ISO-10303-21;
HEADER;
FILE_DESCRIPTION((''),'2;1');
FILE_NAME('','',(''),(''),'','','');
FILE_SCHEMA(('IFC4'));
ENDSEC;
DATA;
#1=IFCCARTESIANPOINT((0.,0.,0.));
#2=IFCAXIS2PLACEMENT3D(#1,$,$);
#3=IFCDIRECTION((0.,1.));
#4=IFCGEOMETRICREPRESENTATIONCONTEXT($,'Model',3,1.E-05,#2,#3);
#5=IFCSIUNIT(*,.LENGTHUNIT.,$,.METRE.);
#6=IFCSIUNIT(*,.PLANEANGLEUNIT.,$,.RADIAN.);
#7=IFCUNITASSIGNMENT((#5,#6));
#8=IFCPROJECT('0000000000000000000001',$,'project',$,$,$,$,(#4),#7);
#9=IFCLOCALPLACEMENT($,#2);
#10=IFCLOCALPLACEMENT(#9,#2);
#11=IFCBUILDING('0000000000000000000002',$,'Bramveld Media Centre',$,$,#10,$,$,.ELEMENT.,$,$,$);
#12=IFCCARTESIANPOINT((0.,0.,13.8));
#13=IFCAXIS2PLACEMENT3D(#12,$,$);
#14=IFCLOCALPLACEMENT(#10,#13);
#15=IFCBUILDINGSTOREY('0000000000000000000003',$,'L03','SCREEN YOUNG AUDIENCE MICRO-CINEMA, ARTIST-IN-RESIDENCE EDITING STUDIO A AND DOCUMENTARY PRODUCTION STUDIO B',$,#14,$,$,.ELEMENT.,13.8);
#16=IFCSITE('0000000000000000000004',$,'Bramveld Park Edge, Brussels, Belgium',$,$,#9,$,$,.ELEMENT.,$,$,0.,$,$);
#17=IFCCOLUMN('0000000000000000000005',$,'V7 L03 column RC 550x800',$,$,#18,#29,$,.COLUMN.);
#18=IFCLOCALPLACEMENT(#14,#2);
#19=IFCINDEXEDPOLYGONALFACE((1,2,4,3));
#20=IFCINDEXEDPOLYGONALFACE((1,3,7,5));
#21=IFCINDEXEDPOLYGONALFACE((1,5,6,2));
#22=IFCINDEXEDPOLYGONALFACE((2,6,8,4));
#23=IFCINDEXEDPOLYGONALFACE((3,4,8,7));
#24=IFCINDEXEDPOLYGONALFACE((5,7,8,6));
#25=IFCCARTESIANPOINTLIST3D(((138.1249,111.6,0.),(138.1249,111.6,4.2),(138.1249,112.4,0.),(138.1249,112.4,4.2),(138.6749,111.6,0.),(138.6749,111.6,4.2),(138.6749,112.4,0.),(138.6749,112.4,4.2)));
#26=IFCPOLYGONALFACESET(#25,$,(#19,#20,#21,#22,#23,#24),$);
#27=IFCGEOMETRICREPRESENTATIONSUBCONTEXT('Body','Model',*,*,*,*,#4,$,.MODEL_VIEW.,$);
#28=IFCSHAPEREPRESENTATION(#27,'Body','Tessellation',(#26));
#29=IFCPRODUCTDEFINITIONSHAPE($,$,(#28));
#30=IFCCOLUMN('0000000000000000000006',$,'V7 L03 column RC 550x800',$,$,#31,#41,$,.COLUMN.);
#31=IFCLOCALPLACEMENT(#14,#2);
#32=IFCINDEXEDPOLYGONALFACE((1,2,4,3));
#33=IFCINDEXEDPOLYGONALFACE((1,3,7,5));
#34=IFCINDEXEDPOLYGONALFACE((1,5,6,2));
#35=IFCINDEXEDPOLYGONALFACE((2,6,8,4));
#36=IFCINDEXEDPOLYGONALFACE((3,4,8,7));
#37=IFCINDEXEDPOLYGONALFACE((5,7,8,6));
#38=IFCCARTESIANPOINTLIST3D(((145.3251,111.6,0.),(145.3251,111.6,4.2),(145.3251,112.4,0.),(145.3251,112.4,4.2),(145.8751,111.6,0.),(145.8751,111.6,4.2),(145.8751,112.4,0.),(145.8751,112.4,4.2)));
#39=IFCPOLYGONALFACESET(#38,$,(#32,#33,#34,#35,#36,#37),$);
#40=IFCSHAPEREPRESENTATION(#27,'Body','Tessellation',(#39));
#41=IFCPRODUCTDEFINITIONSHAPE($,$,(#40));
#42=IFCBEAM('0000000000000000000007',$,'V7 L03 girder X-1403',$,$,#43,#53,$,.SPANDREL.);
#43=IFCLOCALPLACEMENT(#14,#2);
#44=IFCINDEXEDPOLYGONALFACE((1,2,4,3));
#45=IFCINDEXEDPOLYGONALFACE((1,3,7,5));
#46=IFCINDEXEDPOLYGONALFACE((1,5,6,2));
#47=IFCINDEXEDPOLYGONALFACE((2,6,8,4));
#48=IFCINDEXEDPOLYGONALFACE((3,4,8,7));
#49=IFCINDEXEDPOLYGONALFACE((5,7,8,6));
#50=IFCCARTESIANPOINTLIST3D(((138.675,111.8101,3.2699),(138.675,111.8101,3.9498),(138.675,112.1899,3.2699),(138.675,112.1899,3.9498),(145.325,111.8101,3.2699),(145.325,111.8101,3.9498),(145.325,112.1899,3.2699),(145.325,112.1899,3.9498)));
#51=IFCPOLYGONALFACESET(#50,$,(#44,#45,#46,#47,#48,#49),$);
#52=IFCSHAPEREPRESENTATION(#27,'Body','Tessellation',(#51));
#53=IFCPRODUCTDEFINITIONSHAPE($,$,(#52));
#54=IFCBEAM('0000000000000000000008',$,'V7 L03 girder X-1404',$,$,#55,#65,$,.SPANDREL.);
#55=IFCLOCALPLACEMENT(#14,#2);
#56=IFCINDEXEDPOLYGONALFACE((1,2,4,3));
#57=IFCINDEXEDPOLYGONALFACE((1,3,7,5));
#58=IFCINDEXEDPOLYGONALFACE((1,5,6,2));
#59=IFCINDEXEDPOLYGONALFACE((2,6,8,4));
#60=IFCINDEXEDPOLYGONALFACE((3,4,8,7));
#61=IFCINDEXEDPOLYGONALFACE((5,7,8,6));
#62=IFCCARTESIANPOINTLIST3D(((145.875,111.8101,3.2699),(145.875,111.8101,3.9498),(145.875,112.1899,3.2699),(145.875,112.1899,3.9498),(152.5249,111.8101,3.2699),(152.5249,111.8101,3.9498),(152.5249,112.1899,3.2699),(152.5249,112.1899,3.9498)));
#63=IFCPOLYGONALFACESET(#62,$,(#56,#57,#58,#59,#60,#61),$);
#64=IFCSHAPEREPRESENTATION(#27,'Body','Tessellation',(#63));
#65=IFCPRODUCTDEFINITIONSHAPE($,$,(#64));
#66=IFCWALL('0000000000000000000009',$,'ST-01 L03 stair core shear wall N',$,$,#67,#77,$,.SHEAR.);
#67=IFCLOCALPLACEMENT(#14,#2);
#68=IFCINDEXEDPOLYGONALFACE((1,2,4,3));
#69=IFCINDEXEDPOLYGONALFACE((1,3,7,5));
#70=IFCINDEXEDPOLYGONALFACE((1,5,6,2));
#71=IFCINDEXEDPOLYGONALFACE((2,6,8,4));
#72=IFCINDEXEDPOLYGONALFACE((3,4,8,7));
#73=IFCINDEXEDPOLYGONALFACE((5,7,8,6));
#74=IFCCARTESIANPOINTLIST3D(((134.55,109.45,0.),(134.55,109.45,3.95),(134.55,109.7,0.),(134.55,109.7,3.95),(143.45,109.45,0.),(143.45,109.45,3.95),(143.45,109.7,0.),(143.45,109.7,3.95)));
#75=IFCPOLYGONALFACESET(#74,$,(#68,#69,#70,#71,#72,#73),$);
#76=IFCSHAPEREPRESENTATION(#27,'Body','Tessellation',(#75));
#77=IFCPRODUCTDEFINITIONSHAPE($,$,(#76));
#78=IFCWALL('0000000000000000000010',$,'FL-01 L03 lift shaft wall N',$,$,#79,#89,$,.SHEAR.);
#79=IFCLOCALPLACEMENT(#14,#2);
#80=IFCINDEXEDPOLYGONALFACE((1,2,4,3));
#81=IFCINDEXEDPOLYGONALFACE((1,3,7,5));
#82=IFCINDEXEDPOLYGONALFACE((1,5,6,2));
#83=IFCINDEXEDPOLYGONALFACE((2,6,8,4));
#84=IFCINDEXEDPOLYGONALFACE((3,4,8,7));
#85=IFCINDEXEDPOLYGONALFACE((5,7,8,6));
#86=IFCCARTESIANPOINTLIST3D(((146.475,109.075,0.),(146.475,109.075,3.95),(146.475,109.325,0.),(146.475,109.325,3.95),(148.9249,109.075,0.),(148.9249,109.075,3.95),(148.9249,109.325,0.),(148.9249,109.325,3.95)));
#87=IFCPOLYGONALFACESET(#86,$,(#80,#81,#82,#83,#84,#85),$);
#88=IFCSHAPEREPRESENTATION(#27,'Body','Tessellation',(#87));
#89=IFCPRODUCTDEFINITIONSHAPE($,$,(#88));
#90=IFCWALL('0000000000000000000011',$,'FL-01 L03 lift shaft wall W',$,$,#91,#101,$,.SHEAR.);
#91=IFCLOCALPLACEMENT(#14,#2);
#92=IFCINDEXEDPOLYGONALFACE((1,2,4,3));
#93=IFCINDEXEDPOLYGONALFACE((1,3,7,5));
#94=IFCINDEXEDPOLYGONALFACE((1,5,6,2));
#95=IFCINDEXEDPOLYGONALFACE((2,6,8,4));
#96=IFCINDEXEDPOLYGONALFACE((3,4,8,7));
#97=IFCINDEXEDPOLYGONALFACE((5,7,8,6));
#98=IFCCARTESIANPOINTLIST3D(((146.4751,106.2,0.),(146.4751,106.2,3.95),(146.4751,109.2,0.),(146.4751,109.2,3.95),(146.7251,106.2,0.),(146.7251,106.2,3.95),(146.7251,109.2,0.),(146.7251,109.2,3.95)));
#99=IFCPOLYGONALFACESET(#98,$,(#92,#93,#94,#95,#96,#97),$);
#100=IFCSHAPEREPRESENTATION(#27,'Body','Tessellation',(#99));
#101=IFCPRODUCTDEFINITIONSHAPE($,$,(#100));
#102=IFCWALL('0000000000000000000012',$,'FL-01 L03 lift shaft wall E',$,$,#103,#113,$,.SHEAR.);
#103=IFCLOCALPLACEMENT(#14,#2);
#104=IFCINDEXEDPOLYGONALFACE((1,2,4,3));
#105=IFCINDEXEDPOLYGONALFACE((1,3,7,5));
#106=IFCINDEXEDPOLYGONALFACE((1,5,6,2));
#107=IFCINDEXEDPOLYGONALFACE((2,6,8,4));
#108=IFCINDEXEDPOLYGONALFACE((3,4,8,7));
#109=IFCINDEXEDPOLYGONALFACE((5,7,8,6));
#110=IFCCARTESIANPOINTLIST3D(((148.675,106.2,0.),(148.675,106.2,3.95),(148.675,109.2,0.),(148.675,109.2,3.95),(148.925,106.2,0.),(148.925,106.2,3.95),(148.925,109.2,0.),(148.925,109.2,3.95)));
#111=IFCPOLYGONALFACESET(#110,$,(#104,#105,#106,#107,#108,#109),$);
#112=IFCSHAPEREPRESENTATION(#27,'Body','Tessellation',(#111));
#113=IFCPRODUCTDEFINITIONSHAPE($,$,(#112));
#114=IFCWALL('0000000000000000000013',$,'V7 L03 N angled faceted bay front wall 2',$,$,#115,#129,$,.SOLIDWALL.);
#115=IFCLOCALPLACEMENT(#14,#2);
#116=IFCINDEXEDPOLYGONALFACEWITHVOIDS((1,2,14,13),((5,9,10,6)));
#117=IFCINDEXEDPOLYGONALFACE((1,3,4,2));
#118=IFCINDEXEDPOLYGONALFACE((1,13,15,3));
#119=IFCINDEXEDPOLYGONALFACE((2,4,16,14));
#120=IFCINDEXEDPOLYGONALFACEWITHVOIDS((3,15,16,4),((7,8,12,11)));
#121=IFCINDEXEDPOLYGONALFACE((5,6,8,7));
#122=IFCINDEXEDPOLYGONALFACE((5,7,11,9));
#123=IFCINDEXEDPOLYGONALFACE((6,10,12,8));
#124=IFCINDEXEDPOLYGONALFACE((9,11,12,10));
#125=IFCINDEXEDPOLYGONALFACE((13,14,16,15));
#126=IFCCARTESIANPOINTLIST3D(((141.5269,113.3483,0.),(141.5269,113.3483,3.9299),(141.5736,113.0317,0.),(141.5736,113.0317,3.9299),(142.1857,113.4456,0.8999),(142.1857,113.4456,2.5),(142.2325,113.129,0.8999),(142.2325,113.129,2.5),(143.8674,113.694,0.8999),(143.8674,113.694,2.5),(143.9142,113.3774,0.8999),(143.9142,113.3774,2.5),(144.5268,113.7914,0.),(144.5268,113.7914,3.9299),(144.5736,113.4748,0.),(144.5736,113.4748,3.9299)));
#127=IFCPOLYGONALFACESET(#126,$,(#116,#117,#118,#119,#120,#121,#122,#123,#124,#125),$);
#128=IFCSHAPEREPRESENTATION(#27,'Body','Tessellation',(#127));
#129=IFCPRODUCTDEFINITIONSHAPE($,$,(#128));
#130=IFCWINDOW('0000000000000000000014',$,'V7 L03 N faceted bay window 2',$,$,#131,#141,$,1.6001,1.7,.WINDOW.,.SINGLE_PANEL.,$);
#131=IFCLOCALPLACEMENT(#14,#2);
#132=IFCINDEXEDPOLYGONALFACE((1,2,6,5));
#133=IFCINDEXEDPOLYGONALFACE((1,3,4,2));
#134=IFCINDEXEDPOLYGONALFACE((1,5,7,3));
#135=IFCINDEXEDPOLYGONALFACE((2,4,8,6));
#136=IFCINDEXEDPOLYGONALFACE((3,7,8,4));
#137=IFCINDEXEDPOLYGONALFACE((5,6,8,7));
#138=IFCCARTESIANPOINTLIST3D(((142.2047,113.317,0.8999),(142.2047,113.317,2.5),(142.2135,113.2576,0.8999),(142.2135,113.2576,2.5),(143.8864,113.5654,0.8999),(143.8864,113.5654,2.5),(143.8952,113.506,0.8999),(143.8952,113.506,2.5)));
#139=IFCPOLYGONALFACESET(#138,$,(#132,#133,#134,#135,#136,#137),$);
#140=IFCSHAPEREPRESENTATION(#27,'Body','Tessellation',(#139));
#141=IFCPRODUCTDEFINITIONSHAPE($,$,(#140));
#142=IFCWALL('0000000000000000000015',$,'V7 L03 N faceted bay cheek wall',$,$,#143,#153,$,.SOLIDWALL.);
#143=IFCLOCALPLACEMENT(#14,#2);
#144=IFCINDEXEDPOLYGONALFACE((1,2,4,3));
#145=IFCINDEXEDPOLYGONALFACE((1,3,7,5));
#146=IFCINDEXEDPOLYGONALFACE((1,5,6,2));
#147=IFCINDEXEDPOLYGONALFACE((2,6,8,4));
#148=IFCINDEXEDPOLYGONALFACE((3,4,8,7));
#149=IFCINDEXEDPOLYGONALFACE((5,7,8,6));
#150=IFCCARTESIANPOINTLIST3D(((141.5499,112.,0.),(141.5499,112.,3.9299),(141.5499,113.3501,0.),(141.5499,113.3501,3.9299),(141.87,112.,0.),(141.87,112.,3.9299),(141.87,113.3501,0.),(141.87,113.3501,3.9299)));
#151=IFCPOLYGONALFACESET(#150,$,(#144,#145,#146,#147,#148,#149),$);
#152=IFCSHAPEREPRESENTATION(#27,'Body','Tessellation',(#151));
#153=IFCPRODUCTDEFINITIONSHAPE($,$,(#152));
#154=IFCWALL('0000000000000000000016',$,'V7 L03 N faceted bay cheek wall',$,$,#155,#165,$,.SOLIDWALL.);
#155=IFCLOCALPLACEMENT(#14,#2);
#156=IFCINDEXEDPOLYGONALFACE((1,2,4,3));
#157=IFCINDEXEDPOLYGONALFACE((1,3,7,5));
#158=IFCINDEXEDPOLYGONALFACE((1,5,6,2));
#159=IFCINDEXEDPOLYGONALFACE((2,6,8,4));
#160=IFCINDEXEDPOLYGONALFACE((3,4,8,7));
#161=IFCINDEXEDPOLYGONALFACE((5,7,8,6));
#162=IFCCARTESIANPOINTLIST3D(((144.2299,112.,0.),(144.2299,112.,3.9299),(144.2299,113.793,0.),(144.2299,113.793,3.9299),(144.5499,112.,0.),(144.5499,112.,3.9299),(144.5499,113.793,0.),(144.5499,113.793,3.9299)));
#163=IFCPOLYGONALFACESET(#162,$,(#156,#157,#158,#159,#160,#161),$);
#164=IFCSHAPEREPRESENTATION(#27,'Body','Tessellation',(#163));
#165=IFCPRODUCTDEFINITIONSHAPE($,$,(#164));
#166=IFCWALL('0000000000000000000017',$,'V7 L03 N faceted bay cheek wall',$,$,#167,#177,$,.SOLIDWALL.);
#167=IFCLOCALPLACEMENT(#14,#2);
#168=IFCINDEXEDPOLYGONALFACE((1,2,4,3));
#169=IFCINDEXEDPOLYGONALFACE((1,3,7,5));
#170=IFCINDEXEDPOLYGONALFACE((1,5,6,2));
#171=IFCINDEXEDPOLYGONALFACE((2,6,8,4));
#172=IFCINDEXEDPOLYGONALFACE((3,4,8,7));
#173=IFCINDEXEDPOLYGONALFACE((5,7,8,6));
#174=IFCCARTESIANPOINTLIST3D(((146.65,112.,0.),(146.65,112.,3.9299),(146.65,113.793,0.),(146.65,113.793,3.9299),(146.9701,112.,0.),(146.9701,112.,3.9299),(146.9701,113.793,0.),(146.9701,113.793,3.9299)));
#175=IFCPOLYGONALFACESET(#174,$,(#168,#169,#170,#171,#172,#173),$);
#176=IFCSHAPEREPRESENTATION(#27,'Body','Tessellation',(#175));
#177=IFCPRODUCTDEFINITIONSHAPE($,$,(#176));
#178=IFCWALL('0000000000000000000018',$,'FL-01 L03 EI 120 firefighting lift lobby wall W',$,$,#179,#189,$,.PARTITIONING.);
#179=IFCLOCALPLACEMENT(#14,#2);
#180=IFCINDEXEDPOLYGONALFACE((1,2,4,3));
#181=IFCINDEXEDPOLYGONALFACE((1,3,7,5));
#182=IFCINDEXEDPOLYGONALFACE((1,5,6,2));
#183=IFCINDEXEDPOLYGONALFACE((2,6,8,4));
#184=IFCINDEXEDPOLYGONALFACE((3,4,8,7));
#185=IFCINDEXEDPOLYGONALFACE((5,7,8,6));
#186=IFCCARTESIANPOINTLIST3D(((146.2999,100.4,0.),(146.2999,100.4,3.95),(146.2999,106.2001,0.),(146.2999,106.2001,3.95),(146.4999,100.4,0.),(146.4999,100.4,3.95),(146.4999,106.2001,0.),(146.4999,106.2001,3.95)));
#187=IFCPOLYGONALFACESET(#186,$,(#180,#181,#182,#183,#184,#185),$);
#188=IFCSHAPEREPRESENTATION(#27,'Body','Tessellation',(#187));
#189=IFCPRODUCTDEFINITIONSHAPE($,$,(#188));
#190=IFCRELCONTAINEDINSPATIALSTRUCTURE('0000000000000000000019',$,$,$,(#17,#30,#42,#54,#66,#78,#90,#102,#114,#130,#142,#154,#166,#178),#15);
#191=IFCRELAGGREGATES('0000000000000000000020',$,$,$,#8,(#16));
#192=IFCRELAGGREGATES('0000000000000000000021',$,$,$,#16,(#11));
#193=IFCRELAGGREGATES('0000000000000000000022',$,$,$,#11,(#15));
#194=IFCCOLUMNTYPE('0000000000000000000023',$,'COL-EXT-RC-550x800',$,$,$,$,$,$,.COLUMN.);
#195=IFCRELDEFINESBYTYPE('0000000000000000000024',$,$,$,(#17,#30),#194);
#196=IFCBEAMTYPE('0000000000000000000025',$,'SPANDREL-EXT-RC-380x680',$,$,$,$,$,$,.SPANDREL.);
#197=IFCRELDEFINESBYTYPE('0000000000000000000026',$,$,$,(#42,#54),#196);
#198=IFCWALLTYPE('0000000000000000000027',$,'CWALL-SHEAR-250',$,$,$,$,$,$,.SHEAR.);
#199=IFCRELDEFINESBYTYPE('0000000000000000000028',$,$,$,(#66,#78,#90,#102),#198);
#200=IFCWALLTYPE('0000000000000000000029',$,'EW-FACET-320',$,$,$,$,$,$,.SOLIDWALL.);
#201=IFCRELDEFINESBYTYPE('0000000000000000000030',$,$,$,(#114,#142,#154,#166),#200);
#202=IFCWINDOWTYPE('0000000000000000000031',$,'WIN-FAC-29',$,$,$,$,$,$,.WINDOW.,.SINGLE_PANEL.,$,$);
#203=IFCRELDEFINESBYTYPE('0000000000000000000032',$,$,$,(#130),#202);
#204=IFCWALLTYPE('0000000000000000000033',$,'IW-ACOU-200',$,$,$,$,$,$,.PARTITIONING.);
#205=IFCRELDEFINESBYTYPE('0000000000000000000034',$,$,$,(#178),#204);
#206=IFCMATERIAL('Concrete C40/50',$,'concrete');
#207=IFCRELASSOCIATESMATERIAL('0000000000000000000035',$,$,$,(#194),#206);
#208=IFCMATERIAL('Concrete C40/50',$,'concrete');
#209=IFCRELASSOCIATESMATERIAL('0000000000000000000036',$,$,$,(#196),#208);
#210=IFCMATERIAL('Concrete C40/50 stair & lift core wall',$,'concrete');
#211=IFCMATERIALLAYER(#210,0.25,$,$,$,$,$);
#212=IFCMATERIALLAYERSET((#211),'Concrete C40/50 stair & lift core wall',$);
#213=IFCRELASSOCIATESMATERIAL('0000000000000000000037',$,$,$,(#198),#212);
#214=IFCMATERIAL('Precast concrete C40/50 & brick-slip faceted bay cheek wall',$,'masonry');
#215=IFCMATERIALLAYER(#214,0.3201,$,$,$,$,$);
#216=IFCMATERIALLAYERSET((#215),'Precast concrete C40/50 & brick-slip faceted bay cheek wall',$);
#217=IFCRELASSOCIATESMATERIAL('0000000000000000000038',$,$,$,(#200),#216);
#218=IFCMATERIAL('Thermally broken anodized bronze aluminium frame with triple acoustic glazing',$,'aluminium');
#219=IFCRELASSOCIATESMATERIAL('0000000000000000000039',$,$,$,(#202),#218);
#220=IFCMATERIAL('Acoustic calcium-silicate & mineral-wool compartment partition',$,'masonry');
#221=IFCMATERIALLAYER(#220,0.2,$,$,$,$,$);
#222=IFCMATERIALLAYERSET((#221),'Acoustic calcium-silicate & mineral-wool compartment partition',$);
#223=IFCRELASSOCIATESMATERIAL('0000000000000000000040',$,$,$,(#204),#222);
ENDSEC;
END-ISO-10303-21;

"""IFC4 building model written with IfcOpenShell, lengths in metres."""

from ifc_helpers import new_model, si_unit, direction, frame, frame_2d, origin, origin_2d, place, context, subcontext, project, spatial, rectangle, extrude, material, layer, layer_set, material_profile, profile_set, type_object, element, fill, save


model = new_model("IFC4")

# Units and contexts
model_context = context("Model", 3, precision=1e-05, world=origin(), true_north=direction((0.0, 1.0)))
body_context = subcontext(model_context, "Body", "Model", "MODEL_VIEW")
ifc_project = project(units=[si_unit("LENGTHUNIT", "METRE"), si_unit("PLANEANGLEUNIT", "RADIAN")], contexts=[model_context])

# Site, building, storey
site_placement = place(None, origin())
site = spatial("IfcSite", under=ifc_project, at=site_placement, Name="Bramveld Park Edge, Brussels, Belgium", CompositionType="ELEMENT", RefElevation=0.0)
building_placement = place(site_placement, origin())
building = spatial("IfcBuilding", under=site, at=building_placement, Name="Bramveld Media Centre", CompositionType="ELEMENT")
storey_placement = place(building_placement, frame((0.0, 0.0, 13.8)))
storey = spatial("IfcBuildingStorey", under=building, at=storey_placement, Name="L03", Description="SCREEN YOUNG AUDIENCE MICRO-CINEMA, ARTIST-IN-RESIDENCE EDITING STUDIO A AND DOCUMENTARY PRODUCTION STUDIO B", CompositionType="ELEMENT", Elevation=13.8)

# Columns
ifc_material_1 = material(Name="Concrete C40/50", Category="concrete")
ifc_material_profile_1 = material_profile(ifc_material_1, rectangle(XDim=0.55, YDim=0.8, at=origin_2d()), Name="RC 550x800")
ifc_profile_set_1 = profile_set([ifc_material_profile_1], Name="Concrete C40/50")
column_type = type_object("IfcColumnType", Name="COL-EXT-RC-550x800", PredefinedType="COLUMN", material=ifc_profile_set_1)
for number, where, z_axis, x_axis, name in (
    (1, (138.3999, 112.0, 0.0), (0.0, 0.0, 1.0), (1.0, 0.0, 0.0), "V7 L03 column RC 550x800"),
    (2, (145.6001, 112.0, 0.0), (0.0, 0.0, 1.0), (1.0, 0.0, 0.0), "V7 L03 column RC 550x800"),
):
    element("IfcColumn", number, at=place(storey_placement, frame(where, z_axis=z_axis, x_axis=x_axis)), inside=storey, type_object=column_type, Name=name, PredefinedType="COLUMN", context=body_context, shape_type="SweptSolid", body=[
        extrude(rectangle(XDim=0.55, YDim=0.8, at=origin_2d()), origin(), (0.0, 0.0, 1.0), 4.2),
    ])

# Beams
ifc_material_2 = material(Name="Concrete C40/50", Category="concrete")
ifc_material_profile_2 = material_profile(ifc_material_2, rectangle(XDim=0.3799, YDim=0.6799, at=origin_2d()), Name="RC 380x680")
ifc_profile_set_2 = profile_set([ifc_material_profile_2], Name="Concrete C40/50")
beam_type = type_object("IfcBeamType", Name="SPANDREL-EXT-RC-380x680", PredefinedType="SPANDREL", material=ifc_profile_set_2)
for number, where, z_axis, x_axis, name in (
    (3, (138.675, 112.0, 3.6099), (1.0, 0.0, 0.0), (0.0, 1.0, 0.0), "V7 L03 girder X-1403"),
    (4, (145.875, 112.0, 3.6099), (1.0, 0.0, 0.0), (0.0, 1.0, 0.0), "V7 L03 girder X-1404"),
):
    element("IfcBeam", number, at=place(storey_placement, frame(where, z_axis=z_axis, x_axis=x_axis)), inside=storey, type_object=beam_type, Name=name, PredefinedType="SPANDREL", context=body_context, shape_type="SweptSolid", body=[
        extrude(rectangle(XDim=0.3799, YDim=0.6799, at=origin_2d()), origin(), (0.0, 0.0, 1.0), 6.6499),
    ])

# Wall
ifc_material_3 = material(Name="Concrete C40/50 stair & lift core wall", Category="concrete")
ifc_layer_1 = layer(ifc_material_3, 0.25)
ifc_layer_set_1 = layer_set([ifc_layer_1], Name="Concrete C40/50 stair & lift core wall")
wall_type_1 = type_object("IfcWallType", Name="CWALL-SHEAR-250", PredefinedType="SHEAR", material=ifc_layer_set_1)
wall_1_placement = place(storey_placement, frame((143.45, 109.575, 0.0), z_axis=(0.0, 0.0, 1.0), x_axis=(-1.0, 0.0, 0.0)))
element("IfcWall", 5, at=wall_1_placement, inside=storey, type_object=wall_type_1, Name="ST-01 L03 stair core shear wall N", PredefinedType="SHEAR", context=body_context, shape_type="SweptSolid", body=[
    extrude(rectangle(XDim=8.8999, YDim=0.25, at=frame_2d((4.45, 0.0))), origin(), (0.0, 0.0, 1.0), 3.95),
])

# Walls
wall_2_placement = place(storey_placement, frame((148.925, 109.2, 0.0), z_axis=(0.0, 0.0, 1.0), x_axis=(-1.0, 0.0, 0.0)))
element("IfcWall", 6, at=wall_2_placement, inside=storey, type_object=wall_type_1, Name="FL-01 L03 lift shaft wall N", PredefinedType="SHEAR", context=body_context, shape_type="SweptSolid", body=[
    extrude(rectangle(XDim=2.45, YDim=0.25, at=frame_2d((1.2251, 0.0))), origin(), (0.0, 0.0, 1.0), 3.95),
])
for number, where, z_axis, x_axis, name in (
    (7, (146.6001, 109.2, 0.0), (0.0, 0.0, 1.0), (0.0, -1.0, 0.0), "FL-01 L03 lift shaft wall W"),
    (8, (148.8, 106.2, 0.0), (0.0, 0.0, 1.0), (0.0, 1.0, 0.0), "FL-01 L03 lift shaft wall E"),
):
    element("IfcWall", number, at=place(storey_placement, frame(where, z_axis=z_axis, x_axis=x_axis)), inside=storey, type_object=wall_type_1, Name=name, PredefinedType="SHEAR", context=body_context, shape_type="SweptSolid", body=[
        extrude(rectangle(XDim=3.0, YDim=0.25, at=frame_2d((1.5, 0.0))), origin(), (0.0, 0.0, 1.0), 3.95),
    ])

# Wall, opening, window
ifc_material_4 = material(Name="Precast concrete C40/50 & brick-slip faceted bay cheek wall", Category="masonry")
ifc_layer_2 = layer(ifc_material_4, 0.3201)
ifc_layer_set_2 = layer_set([ifc_layer_2], Name="Precast concrete C40/50 & brick-slip faceted bay cheek wall")
wall_type_2 = type_object("IfcWallType", Name="EW-FACET-320", PredefinedType="SOLIDWALL", material=ifc_layer_set_2)
wall_3_placement = place(storey_placement, frame((144.55, 113.6331, 0.0), z_axis=(0.0, 0.0, 1.0), x_axis=(-0.989267, -0.14612, 0.0)))
wall_3 = element("IfcWall", 9, at=wall_3_placement, inside=storey, type_object=wall_type_2, Name="V7 L03 N angled faceted bay front wall 2", PredefinedType="SOLIDWALL", context=body_context, shape_type="SweptSolid", body=[
    extrude(rectangle(XDim=3.0325, YDim=0.3201, at=frame_2d((1.5161, 0.0))), origin(), (0.0, 0.0, 1.0), 3.9299),
])
opening_1_placement = place(wall_3_placement, frame((0.6663, 0.0, 0.8999)))
opening_1 = element("IfcOpeningElement", 10, at=opening_1_placement, cuts=wall_3, PredefinedType="OPENING", context=body_context, shape_type="SweptSolid", body=[
    extrude(rectangle(XDim=1.7, YDim=1.6001, at=frame_2d((0.8501, 0.8))), frame((0.0, 0.1719, 0.0), z_axis=(0.0, -1.0, 0.0), x_axis=(1.0, 0.0, 0.0)), (0.0, 0.0, 1.0), 0.344),
])
ifc_material_5 = material(Name="Thermally broken anodized bronze aluminium frame with triple acoustic glazing", Category="aluminium")
window_type = type_object("IfcWindowType", Name="WIN-FAC-29", PartitioningType="SINGLE_PANEL", PredefinedType="WINDOW", material=ifc_material_5)
window_placement = place(opening_1_placement, origin())
window = element("IfcWindow", 11, at=window_placement, inside=storey, type_object=window_type, Name="V7 L03 N faceted bay window 2", OverallHeight=1.6001, OverallWidth=1.7, PartitioningType="SINGLE_PANEL", PredefinedType="WINDOW", context=body_context, shape_type="SweptSolid", body=[
    extrude(rectangle(XDim=1.7, YDim=1.6001, at=frame_2d((0.8501, 0.8))), frame((0.0, 0.03, 0.0), z_axis=(0.0, -1.0, 0.0), x_axis=(1.0, 0.0, 0.0)), (0.0, 0.0, 1.0), 0.0601),
])
fill(opening_1, window)

# Walls
wall_4_placement = place(storey_placement, frame((141.71, 112.0, 0.0), z_axis=(0.0, 0.0, 1.0), x_axis=(0.0, 1.0, 0.0)))
element("IfcWall", 12, at=wall_4_placement, inside=storey, type_object=wall_type_2, Name="V7 L03 N faceted bay cheek wall", PredefinedType="SOLIDWALL", context=body_context, shape_type="SweptSolid", body=[
    extrude(rectangle(XDim=1.3501, YDim=0.3201, at=frame_2d((0.675, 0.0))), origin(), (0.0, 0.0, 1.0), 3.9299),
])
for number, where, z_axis, x_axis, name in (
    (13, (144.3899, 112.0, 0.0), (0.0, 0.0, 1.0), (0.0, 1.0, 0.0), "V7 L03 N faceted bay cheek wall"),
    (14, (146.8101, 112.0, 0.0), (0.0, 0.0, 1.0), (0.0, 1.0, 0.0), "V7 L03 N faceted bay cheek wall"),
):
    element("IfcWall", number, at=place(storey_placement, frame(where, z_axis=z_axis, x_axis=x_axis)), inside=storey, type_object=wall_type_2, Name=name, PredefinedType="SOLIDWALL", context=body_context, shape_type="SweptSolid", body=[
        extrude(rectangle(XDim=1.793, YDim=0.3201, at=frame_2d((0.8965, 0.0))), origin(), (0.0, 0.0, 1.0), 3.9299),
    ])
ifc_material_6 = material(Name="Acoustic calcium-silicate & mineral-wool compartment partition", Category="masonry")
ifc_layer_3 = layer(ifc_material_6, 0.2)
ifc_layer_set_3 = layer_set([ifc_layer_3], Name="Acoustic calcium-silicate & mineral-wool compartment partition")
wall_type_3 = type_object("IfcWallType", Name="IW-ACOU-200", PredefinedType="PARTITIONING", material=ifc_layer_set_3)
wall_5_placement = place(storey_placement, frame((146.3999, 106.2, 0.0), z_axis=(0.0, 0.0, 1.0), x_axis=(0.0, -1.0, 0.0)))
element("IfcWall", 15, at=wall_5_placement, inside=storey, type_object=wall_type_3, Name="FL-01 L03 EI 120 firefighting lift lobby wall W", PredefinedType="PARTITIONING", context=body_context, shape_type="SweptSolid", body=[
    extrude(rectangle(XDim=5.8, YDim=0.2, at=frame_2d((2.8999, 0.0))), origin(), (0.0, 0.0, 1.0), 3.95),
])

save(model, "model.ifc")
